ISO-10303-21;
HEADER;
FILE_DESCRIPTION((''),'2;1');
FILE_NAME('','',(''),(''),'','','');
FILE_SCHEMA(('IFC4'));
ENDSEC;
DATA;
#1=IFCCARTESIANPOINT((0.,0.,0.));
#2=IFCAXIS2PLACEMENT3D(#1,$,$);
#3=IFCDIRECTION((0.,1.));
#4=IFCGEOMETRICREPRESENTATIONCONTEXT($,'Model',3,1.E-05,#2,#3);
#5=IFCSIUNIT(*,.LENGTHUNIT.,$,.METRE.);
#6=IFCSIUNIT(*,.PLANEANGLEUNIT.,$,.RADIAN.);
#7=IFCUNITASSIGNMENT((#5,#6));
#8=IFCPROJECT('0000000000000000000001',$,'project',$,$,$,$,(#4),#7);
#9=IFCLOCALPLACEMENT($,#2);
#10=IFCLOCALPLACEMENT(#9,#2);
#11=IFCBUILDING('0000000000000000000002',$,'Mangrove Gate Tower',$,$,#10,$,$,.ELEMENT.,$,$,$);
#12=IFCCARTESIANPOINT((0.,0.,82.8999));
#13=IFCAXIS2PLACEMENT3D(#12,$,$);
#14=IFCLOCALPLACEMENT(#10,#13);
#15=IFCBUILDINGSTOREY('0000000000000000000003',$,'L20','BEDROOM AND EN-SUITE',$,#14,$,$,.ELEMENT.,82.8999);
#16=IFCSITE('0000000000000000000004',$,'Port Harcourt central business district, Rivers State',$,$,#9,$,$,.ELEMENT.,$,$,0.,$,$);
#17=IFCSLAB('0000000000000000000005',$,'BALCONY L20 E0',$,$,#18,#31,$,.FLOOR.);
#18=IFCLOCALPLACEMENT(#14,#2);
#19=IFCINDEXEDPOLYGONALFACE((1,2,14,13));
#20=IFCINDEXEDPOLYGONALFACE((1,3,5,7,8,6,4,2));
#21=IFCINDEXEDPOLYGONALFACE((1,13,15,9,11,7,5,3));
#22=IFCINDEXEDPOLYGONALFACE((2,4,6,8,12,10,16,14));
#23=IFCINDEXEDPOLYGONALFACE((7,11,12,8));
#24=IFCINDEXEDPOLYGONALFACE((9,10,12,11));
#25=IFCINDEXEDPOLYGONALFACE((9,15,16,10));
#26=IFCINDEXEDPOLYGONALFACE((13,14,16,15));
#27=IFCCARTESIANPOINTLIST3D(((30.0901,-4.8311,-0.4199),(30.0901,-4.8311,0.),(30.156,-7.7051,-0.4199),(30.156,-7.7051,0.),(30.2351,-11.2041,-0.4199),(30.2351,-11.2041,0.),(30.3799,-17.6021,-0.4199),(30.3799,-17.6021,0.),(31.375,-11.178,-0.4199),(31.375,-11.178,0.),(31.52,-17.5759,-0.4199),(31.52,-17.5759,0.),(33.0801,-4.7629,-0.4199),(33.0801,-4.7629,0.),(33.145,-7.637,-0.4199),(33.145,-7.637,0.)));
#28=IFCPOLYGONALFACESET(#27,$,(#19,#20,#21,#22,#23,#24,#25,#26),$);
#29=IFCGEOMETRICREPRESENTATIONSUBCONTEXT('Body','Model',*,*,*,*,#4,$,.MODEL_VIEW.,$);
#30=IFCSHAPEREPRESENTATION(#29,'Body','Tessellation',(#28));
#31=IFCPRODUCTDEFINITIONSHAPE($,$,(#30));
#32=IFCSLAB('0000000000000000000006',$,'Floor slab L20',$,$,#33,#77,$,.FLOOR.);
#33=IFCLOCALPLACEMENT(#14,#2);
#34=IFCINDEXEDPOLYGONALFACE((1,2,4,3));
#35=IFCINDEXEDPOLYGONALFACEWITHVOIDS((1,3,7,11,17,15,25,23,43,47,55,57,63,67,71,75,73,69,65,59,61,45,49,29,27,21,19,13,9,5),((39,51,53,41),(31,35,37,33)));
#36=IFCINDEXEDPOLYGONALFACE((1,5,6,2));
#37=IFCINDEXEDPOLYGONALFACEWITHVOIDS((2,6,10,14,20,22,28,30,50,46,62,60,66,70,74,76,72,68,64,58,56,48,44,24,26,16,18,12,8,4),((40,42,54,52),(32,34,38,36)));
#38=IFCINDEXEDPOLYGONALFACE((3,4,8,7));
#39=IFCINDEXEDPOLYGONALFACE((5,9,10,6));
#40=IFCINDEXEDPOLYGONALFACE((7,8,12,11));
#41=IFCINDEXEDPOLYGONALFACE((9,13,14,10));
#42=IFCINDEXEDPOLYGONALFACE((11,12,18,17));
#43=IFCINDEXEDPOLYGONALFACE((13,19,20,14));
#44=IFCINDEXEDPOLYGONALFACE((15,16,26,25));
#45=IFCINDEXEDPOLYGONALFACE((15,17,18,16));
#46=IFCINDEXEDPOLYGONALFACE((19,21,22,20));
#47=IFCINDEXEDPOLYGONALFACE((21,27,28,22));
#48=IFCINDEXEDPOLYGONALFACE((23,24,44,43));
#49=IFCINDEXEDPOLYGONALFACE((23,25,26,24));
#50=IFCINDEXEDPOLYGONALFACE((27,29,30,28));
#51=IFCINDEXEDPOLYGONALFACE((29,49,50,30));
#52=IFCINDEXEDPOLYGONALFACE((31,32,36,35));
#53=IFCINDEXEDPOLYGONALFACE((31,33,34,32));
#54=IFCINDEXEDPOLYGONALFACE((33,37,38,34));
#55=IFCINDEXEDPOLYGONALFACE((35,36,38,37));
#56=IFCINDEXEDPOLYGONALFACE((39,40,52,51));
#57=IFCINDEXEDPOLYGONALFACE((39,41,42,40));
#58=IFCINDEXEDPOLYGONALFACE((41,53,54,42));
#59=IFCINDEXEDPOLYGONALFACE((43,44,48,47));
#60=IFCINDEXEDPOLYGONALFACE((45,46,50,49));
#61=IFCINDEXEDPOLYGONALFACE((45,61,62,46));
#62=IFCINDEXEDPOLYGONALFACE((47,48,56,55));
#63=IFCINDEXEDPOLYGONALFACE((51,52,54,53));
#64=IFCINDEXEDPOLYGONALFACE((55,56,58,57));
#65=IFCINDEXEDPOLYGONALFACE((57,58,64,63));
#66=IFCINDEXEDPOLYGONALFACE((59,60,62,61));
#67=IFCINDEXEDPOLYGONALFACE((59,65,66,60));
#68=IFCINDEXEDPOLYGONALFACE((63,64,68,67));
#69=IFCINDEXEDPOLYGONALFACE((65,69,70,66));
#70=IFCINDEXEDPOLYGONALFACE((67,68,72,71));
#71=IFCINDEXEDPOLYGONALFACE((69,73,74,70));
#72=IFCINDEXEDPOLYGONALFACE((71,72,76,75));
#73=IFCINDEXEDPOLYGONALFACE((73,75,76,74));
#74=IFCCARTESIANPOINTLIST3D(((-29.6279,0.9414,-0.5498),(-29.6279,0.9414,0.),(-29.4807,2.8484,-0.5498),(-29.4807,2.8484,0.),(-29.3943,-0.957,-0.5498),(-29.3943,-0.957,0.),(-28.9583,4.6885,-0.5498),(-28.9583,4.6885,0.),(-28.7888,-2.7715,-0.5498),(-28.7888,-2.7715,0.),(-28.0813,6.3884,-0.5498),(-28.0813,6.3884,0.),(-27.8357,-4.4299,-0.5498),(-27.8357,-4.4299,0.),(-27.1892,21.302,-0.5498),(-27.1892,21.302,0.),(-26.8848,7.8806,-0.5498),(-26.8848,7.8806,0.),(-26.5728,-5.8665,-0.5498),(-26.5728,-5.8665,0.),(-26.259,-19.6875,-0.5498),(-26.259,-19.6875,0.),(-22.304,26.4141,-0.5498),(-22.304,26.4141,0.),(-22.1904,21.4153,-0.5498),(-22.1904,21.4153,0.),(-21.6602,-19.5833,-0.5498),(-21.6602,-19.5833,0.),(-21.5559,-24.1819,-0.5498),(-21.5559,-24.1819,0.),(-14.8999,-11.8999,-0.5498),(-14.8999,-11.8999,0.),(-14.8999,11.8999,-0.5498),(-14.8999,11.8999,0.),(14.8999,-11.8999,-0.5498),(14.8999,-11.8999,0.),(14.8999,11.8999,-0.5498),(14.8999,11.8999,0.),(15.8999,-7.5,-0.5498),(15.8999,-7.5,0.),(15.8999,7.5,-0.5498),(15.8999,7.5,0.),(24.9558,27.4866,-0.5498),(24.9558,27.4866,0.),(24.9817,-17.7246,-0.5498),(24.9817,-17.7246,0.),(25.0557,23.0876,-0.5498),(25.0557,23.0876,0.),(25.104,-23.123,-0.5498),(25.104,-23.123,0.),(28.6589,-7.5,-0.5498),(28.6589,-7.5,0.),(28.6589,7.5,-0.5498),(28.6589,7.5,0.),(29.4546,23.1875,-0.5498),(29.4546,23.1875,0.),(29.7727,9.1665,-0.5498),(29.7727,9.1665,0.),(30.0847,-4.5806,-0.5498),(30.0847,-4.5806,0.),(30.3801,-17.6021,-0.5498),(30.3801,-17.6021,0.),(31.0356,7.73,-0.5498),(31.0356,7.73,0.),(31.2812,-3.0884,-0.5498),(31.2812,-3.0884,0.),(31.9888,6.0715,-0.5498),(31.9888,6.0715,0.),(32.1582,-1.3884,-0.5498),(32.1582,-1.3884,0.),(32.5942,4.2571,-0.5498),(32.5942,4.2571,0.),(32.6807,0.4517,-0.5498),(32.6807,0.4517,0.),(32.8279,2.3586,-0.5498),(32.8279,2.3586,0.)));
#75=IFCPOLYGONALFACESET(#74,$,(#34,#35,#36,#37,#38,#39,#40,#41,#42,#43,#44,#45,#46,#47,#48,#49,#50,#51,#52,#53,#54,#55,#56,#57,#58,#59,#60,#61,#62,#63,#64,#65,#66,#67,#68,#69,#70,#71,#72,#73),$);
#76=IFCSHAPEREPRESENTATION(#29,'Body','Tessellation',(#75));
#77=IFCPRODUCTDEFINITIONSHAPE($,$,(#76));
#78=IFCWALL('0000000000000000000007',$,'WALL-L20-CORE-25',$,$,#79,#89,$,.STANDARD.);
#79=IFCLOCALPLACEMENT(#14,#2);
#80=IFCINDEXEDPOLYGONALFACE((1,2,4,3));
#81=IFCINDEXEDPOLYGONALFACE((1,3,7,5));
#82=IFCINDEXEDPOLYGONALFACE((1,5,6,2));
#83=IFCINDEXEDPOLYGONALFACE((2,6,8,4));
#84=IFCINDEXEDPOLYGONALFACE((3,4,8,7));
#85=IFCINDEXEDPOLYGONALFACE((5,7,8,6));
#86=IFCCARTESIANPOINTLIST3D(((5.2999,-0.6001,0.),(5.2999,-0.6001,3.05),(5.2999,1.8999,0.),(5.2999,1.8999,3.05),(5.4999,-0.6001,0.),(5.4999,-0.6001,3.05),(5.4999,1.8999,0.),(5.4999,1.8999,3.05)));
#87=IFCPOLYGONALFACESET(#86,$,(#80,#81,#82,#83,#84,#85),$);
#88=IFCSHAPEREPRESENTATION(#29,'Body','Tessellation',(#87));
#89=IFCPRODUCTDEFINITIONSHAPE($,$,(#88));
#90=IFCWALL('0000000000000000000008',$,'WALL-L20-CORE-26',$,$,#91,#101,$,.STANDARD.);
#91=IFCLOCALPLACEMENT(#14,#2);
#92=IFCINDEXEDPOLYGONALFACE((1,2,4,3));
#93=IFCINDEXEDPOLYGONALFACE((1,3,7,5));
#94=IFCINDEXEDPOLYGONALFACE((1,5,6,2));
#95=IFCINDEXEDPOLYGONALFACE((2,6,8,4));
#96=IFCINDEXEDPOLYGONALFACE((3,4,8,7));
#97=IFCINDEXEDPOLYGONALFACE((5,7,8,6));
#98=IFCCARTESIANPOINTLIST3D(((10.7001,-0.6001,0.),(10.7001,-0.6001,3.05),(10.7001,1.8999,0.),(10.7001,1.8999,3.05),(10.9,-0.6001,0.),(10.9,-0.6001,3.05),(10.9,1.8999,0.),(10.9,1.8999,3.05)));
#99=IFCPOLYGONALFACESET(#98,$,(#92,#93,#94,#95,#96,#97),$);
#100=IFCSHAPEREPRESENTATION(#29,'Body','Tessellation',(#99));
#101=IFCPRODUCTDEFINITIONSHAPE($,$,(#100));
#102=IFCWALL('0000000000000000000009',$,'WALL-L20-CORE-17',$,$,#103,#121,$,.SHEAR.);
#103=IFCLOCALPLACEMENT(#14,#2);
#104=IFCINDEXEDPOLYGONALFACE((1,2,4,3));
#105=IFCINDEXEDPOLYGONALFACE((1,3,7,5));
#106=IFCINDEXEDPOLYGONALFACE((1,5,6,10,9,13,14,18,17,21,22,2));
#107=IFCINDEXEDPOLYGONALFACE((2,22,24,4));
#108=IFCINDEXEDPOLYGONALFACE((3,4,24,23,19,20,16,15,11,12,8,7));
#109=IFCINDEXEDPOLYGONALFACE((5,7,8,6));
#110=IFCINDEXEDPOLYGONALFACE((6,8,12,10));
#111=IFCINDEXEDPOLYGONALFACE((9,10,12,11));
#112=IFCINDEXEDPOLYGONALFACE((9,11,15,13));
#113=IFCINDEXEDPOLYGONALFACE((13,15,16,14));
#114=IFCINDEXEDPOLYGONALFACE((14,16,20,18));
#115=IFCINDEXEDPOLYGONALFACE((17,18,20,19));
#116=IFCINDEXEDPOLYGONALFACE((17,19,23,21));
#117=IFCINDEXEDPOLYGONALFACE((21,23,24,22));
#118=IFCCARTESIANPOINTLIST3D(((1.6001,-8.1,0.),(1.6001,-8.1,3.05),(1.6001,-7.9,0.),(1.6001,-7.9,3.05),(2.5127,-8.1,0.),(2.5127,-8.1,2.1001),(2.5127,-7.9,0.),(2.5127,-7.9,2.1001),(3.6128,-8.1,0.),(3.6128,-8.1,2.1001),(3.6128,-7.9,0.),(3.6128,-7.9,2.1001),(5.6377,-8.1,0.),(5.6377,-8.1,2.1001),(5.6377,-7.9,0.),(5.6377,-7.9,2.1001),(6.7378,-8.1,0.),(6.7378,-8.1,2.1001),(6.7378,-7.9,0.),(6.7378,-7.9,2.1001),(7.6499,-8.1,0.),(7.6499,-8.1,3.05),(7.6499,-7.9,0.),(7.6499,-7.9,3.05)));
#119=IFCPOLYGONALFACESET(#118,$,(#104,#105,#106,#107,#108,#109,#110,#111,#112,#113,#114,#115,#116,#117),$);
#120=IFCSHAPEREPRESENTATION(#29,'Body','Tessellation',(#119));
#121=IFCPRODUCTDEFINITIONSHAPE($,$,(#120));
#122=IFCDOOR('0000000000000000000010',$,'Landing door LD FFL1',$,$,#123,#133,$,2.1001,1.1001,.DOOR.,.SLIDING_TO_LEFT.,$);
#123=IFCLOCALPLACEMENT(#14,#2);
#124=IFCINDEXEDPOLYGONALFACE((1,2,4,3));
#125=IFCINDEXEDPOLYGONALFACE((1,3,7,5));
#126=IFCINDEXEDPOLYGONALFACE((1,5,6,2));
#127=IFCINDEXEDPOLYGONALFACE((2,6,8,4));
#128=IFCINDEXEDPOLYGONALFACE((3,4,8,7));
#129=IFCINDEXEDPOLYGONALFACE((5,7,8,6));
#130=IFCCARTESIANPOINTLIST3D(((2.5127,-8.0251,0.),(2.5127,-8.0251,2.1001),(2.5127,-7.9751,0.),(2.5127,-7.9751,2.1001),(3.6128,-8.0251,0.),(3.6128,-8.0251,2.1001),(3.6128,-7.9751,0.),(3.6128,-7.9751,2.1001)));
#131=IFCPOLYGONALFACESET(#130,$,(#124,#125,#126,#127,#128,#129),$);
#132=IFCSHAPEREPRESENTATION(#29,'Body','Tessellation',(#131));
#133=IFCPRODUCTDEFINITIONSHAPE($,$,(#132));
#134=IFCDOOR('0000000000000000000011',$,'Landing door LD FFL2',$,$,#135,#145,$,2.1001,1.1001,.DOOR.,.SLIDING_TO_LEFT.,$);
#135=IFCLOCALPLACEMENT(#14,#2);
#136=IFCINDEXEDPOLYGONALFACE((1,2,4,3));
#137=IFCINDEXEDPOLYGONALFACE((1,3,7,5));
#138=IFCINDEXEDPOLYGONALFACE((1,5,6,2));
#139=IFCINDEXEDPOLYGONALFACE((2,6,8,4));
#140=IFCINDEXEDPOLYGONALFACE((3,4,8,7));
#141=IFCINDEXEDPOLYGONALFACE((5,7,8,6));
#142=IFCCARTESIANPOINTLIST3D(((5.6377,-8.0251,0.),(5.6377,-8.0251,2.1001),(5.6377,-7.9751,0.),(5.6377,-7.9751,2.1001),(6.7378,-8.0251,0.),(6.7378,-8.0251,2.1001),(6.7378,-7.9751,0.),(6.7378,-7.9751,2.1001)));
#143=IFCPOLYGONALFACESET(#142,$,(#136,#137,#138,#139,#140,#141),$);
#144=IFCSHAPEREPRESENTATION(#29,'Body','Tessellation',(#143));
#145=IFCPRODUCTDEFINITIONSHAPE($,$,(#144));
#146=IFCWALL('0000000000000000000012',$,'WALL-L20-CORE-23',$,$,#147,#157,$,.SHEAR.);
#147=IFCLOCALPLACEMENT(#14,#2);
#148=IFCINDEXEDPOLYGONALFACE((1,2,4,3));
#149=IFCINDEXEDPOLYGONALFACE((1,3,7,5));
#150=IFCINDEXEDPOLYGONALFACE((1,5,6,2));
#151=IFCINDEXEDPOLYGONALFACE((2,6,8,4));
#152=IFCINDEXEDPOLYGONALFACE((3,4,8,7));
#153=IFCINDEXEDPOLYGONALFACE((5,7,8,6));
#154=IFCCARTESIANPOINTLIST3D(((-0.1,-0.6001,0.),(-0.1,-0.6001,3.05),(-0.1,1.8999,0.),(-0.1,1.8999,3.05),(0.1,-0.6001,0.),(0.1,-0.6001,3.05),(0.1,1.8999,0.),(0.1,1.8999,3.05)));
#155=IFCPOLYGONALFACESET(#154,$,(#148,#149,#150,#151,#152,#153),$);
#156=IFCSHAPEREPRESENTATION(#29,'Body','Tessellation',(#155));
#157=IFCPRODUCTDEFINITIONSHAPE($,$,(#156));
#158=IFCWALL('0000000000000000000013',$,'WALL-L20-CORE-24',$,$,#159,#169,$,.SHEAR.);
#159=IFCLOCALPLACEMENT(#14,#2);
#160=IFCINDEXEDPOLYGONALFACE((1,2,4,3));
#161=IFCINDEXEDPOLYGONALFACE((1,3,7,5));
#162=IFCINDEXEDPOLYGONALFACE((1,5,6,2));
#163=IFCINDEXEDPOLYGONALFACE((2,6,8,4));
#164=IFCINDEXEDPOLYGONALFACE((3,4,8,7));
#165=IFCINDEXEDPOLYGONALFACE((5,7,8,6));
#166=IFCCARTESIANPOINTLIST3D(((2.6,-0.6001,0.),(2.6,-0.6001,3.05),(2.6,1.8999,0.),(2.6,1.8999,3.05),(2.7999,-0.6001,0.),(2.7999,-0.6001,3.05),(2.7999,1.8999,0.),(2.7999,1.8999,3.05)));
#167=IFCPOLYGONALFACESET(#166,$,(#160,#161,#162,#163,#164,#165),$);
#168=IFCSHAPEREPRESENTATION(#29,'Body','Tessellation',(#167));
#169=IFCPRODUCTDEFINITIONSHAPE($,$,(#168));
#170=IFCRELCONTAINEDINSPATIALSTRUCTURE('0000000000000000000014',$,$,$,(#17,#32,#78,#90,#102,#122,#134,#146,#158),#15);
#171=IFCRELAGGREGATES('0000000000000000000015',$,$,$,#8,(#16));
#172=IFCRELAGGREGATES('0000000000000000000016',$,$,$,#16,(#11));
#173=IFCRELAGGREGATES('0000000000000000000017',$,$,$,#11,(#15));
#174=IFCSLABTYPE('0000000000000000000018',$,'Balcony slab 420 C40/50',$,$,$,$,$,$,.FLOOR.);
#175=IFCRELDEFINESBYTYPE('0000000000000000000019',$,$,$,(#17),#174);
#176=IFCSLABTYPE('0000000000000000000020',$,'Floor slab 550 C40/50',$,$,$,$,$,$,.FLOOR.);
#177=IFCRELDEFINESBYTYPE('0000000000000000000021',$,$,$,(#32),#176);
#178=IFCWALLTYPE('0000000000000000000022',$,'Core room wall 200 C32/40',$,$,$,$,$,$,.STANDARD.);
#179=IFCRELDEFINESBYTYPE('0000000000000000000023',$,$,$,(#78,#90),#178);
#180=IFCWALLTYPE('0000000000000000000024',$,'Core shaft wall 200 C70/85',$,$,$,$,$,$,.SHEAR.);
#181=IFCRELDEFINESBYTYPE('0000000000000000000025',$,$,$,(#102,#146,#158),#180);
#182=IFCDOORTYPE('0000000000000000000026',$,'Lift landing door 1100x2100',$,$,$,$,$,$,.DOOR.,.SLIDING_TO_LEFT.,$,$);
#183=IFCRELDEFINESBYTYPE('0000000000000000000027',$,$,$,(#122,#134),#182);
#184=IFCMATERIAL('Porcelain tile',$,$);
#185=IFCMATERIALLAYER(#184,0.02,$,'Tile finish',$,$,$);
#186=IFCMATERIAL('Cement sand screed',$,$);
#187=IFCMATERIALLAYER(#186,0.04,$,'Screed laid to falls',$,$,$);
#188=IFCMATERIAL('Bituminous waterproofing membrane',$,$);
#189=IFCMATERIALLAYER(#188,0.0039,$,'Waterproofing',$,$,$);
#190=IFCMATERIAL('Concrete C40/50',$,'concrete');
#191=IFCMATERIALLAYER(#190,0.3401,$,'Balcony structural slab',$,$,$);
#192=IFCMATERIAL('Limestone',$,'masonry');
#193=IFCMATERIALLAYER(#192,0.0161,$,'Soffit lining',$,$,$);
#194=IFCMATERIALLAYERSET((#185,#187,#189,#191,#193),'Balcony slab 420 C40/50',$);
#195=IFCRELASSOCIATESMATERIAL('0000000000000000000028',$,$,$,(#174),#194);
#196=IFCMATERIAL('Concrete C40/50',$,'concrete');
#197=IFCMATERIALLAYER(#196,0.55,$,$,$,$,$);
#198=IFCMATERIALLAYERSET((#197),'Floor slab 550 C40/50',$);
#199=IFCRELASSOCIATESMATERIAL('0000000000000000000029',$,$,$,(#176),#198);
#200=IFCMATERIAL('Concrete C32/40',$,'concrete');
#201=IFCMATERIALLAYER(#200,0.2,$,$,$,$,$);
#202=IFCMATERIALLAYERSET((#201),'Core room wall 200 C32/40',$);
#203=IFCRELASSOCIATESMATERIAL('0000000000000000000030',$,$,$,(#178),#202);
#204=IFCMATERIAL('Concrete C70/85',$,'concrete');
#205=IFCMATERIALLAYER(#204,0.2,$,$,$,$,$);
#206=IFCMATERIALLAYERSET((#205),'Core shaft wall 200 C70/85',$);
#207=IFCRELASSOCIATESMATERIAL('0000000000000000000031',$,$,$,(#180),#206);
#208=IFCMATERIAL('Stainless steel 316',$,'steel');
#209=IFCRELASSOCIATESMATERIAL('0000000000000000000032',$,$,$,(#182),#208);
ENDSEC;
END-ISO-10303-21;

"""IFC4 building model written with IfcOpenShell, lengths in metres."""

from ifc_helpers import new_model, si_unit, direction, frame, frame_2d, origin, place, context, subcontext, project, spatial, polyline, rectangle, outline, extrude, material, layer, layer_set, type_object, element, fill, save


model = new_model("IFC4")

# Units and contexts
model_context = context("Model", 3, precision=1e-05, world=origin(), true_north=direction((0.0, 1.0)))
body_context = subcontext(model_context, "Body", "Model", "MODEL_VIEW")
ifc_project = project(units=[si_unit("LENGTHUNIT", "METRE"), si_unit("PLANEANGLEUNIT", "RADIAN")], contexts=[model_context])

# Site, building, storey
site_placement = place(None, origin())
site = spatial("IfcSite", under=ifc_project, at=site_placement, Name="Port Harcourt central business district, Rivers State", CompositionType="ELEMENT", RefElevation=0.0)
building_placement = place(site_placement, origin())
building = spatial("IfcBuilding", under=site, at=building_placement, Name="Mangrove Gate Tower", CompositionType="ELEMENT")
storey_placement = place(building_placement, frame((0.0, 0.0, 82.8999)))
storey = spatial("IfcBuildingStorey", under=building, at=storey_placement, Name="L20", Description="BEDROOM AND EN-SUITE", CompositionType="ELEMENT", Elevation=82.8999)

# Slabs
ifc_material_1 = material(Name="Porcelain tile")
ifc_layer_1 = layer(ifc_material_1, 0.02, Name="Tile finish")
ifc_material_2 = material(Name="Cement sand screed")
ifc_layer_2 = layer(ifc_material_2, 0.04, Name="Screed laid to falls")
ifc_material_3 = material(Name="Bituminous waterproofing membrane")
ifc_layer_3 = layer(ifc_material_3, 0.0039, Name="Waterproofing")
ifc_material_4 = material(Name="Concrete C40/50", Category="concrete")
ifc_layer_4 = layer(ifc_material_4, 0.3401, Name="Balcony structural slab")
ifc_material_5 = material(Name="Limestone", Category="masonry")
ifc_layer_5 = layer(ifc_material_5, 0.0161, Name="Soffit lining")
ifc_layer_set_1 = layer_set([ifc_layer_1, ifc_layer_2, ifc_layer_3, ifc_layer_4, ifc_layer_5], Name="Balcony slab 420 C40/50")
slab_type_1 = type_object("IfcSlabType", Name="Balcony slab 420 C40/50", PredefinedType="FLOOR", material=ifc_layer_set_1)
slab_1_placement = place(storey_placement, frame((0.0, 0.0, -0.4199)))
element("IfcSlab", 1, at=slab_1_placement, inside=storey, type_object=slab_type_1, Name="BALCONY L20 E0", PredefinedType="FLOOR", context=body_context, shape_type="SweptSolid", body=[
    extrude(outline(polyline([(31.52, -17.5759), (31.375, -11.178), (33.145, -7.637), (33.0801, -4.7629), (30.0901, -4.8311), (30.156, -7.7051), (30.2351, -11.2041), (30.3799, -17.6021), (31.52, -17.5759)])), origin(), (0.0, 0.0, 1.0), 0.4199),
])
ifc_material_6 = material(Name="Concrete C40/50", Category="concrete")
ifc_layer_6 = layer(ifc_material_6, 0.55)
ifc_layer_set_2 = layer_set([ifc_layer_6], Name="Floor slab 550 C40/50")
slab_type_2 = type_object("IfcSlabType", Name="Floor slab 550 C40/50", PredefinedType="FLOOR", material=ifc_layer_set_2)
slab_2_placement = place(storey_placement, frame((0.0, 0.0, -0.5498)))
element("IfcSlab", 2, at=slab_2_placement, inside=storey, type_object=slab_type_2, Name="Floor slab L20", PredefinedType="FLOOR", context=body_context, shape_type="SweptSolid", body=[
    extrude(outline(polyline([(-21.5559, -24.1819), (25.104, -23.123), (24.9817, -17.7246), (30.3801, -17.6021), (30.0847, -4.5806), (31.2812, -3.0884), (32.1582, -1.3884), (32.6807, 0.4517), (32.8279, 2.3586), (32.5942, 4.2571), (31.9888, 6.0715), (31.0356, 7.73), (29.7727, 9.1665), (29.4546, 23.1875), (25.0557, 23.0876), (24.9558, 27.4866), (-22.304, 26.4141), (-22.1904, 21.4153), (-27.1892, 21.302), (-26.8848, 7.8806), (-28.0813, 6.3884), (-28.9583, 4.6885), (-29.4807, 2.8484), (-29.6279, 0.9414), (-29.3943, -0.957), (-28.7888, -2.7715), (-27.8357, -4.4299), (-26.5728, -5.8665), (-26.259, -19.6875), (-21.6602, -19.5833), (-21.5559, -24.1819)]), holes=[polyline([(15.8999, 7.5), (28.6589, 7.5), (28.6589, -7.5), (15.8999, -7.5), (15.8999, 7.5)]), polyline([(-14.8999, -11.8999), (-14.8999, 11.8999), (14.8999, 11.8999), (14.8999, -11.8999), (-14.8999, -11.8999)])]), origin(), (0.0, 0.0, 1.0), 0.5498),
])

# Walls
ifc_material_7 = material(Name="Concrete C32/40", Category="concrete")
ifc_layer_7 = layer(ifc_material_7, 0.2)
ifc_layer_set_3 = layer_set([ifc_layer_7], Name="Core room wall 200 C32/40")
wall_type_1 = type_object("IfcWallType", Name="Core room wall 200 C32/40", PredefinedType="STANDARD", material=ifc_layer_set_3)
for number, where, z_axis, x_axis, name in (
    (3, (5.3999, -0.6001, 0.0), (0.0, 0.0, 1.0), (0.0, 1.0, 0.0), "WALL-L20-CORE-25"),
    (4, (10.8, -0.6001, 0.0), (0.0, 0.0, 1.0), (0.0, 1.0, 0.0), "WALL-L20-CORE-26"),
):
    element("IfcWall", number, at=place(storey_placement, frame(where, z_axis=z_axis, x_axis=x_axis)), inside=storey, type_object=wall_type_1, Name=name, PredefinedType="STANDARD", context=body_context, shape_type="SweptSolid", body=[
        extrude(rectangle(XDim=2.5, YDim=0.2, at=frame_2d((1.25, 0.0))), origin(), (0.0, 0.0, 1.0), 3.05),
    ])

# Wall, openings, doors
ifc_material_8 = material(Name="Concrete C70/85", Category="concrete")
ifc_layer_8 = layer(ifc_material_8, 0.2)
ifc_layer_set_4 = layer_set([ifc_layer_8], Name="Core shaft wall 200 C70/85")
wall_type_2 = type_object("IfcWallType", Name="Core shaft wall 200 C70/85", PredefinedType="SHEAR", material=ifc_layer_set_4)
wall_placement = place(storey_placement, frame((1.6001, -8.0, 0.0), z_axis=(0.0, 0.0, 1.0), x_axis=(1.0, 0.0, 0.0)))
wall = element("IfcWall", 5, at=wall_placement, inside=storey, type_object=wall_type_2, Name="WALL-L20-CORE-17", PredefinedType="SHEAR", context=body_context, shape_type="SweptSolid", body=[
    extrude(rectangle(XDim=6.0498, YDim=0.2, at=frame_2d((3.0249, 0.0))), origin(), (0.0, 0.0, 1.0), 3.05),
])
opening_1_placement = place(wall_placement, frame((0.9126, 0.0, 0.0)))
opening_1 = element("IfcOpeningElement", 6, at=opening_1_placement, cuts=wall, PredefinedType="OPENING", context=body_context, shape_type="SweptSolid", body=[
    extrude(rectangle(XDim=1.1001, YDim=2.1001, at=frame_2d((0.55, 1.05))), frame((0.0, 0.1099, 0.0), z_axis=(0.0, -1.0, 0.0), x_axis=(1.0, 0.0, 0.0)), (0.0, 0.0, 1.0), 0.22),
])
opening_2_placement = place(wall_placement, frame((4.0376, 0.0, 0.0)))
opening_2 = element("IfcOpeningElement", 7, at=opening_2_placement, cuts=wall, PredefinedType="OPENING", context=body_context, shape_type="SweptSolid", body=[
    extrude(rectangle(XDim=1.1001, YDim=2.1001, at=frame_2d((0.55, 1.05))), frame((0.0, 0.1099, 0.0), z_axis=(0.0, -1.0, 0.0), x_axis=(1.0, 0.0, 0.0)), (0.0, 0.0, 1.0), 0.22),
])
ifc_material_9 = material(Name="Stainless steel 316", Category="steel")
door_type = type_object("IfcDoorType", Name="Lift landing door 1100x2100", OperationType="SLIDING_TO_LEFT", PredefinedType="DOOR", material=ifc_material_9)
door_1_placement = place(opening_1_placement, origin())
door_1 = element("IfcDoor", 8, at=door_1_placement, inside=storey, type_object=door_type, Name="Landing door LD FFL1", OperationType="SLIDING_TO_LEFT", OverallHeight=2.1001, OverallWidth=1.1001, PredefinedType="DOOR", context=body_context, shape_type="SweptSolid", body=[
    extrude(rectangle(XDim=1.1001, YDim=2.1001, at=frame_2d((0.55, 1.05))), frame((0.0, 0.0249, 0.0), z_axis=(0.0, -1.0, 0.0), x_axis=(1.0, 0.0, 0.0)), (0.0, 0.0, 1.0), 0.05),
])
fill(opening_1, door_1)
door_2_placement = place(opening_2_placement, origin())
door_2 = element("IfcDoor", 9, at=door_2_placement, inside=storey, type_object=door_type, Name="Landing door LD FFL2", OperationType="SLIDING_TO_LEFT", OverallHeight=2.1001, OverallWidth=1.1001, PredefinedType="DOOR", context=body_context, shape_type="SweptSolid", body=[
    extrude(rectangle(XDim=1.1001, YDim=2.1001, at=frame_2d((0.55, 1.05))), frame((0.0, 0.0249, 0.0), z_axis=(0.0, -1.0, 0.0), x_axis=(1.0, 0.0, 0.0)), (0.0, 0.0, 1.0), 0.05),
])
fill(opening_2, door_2)

# Walls
for number, where, z_axis, x_axis, name in (
    (10, (0.0, -0.6001, 0.0), (0.0, 0.0, 1.0), (0.0, 1.0, 0.0), "WALL-L20-CORE-23"),
    (11, (2.7, -0.6001, 0.0), (0.0, 0.0, 1.0), (0.0, 1.0, 0.0), "WALL-L20-CORE-24"),
):
    element("IfcWall", number, at=place(storey_placement, frame(where, z_axis=z_axis, x_axis=x_axis)), inside=storey, type_object=wall_type_2, Name=name, PredefinedType="SHEAR", context=body_context, shape_type="SweptSolid", body=[
        extrude(rectangle(XDim=2.5, YDim=0.2, at=frame_2d((1.25, 0.0))), origin(), (0.0, 0.0, 1.0), 3.05),
    ])

save(model, "model.ifc")
